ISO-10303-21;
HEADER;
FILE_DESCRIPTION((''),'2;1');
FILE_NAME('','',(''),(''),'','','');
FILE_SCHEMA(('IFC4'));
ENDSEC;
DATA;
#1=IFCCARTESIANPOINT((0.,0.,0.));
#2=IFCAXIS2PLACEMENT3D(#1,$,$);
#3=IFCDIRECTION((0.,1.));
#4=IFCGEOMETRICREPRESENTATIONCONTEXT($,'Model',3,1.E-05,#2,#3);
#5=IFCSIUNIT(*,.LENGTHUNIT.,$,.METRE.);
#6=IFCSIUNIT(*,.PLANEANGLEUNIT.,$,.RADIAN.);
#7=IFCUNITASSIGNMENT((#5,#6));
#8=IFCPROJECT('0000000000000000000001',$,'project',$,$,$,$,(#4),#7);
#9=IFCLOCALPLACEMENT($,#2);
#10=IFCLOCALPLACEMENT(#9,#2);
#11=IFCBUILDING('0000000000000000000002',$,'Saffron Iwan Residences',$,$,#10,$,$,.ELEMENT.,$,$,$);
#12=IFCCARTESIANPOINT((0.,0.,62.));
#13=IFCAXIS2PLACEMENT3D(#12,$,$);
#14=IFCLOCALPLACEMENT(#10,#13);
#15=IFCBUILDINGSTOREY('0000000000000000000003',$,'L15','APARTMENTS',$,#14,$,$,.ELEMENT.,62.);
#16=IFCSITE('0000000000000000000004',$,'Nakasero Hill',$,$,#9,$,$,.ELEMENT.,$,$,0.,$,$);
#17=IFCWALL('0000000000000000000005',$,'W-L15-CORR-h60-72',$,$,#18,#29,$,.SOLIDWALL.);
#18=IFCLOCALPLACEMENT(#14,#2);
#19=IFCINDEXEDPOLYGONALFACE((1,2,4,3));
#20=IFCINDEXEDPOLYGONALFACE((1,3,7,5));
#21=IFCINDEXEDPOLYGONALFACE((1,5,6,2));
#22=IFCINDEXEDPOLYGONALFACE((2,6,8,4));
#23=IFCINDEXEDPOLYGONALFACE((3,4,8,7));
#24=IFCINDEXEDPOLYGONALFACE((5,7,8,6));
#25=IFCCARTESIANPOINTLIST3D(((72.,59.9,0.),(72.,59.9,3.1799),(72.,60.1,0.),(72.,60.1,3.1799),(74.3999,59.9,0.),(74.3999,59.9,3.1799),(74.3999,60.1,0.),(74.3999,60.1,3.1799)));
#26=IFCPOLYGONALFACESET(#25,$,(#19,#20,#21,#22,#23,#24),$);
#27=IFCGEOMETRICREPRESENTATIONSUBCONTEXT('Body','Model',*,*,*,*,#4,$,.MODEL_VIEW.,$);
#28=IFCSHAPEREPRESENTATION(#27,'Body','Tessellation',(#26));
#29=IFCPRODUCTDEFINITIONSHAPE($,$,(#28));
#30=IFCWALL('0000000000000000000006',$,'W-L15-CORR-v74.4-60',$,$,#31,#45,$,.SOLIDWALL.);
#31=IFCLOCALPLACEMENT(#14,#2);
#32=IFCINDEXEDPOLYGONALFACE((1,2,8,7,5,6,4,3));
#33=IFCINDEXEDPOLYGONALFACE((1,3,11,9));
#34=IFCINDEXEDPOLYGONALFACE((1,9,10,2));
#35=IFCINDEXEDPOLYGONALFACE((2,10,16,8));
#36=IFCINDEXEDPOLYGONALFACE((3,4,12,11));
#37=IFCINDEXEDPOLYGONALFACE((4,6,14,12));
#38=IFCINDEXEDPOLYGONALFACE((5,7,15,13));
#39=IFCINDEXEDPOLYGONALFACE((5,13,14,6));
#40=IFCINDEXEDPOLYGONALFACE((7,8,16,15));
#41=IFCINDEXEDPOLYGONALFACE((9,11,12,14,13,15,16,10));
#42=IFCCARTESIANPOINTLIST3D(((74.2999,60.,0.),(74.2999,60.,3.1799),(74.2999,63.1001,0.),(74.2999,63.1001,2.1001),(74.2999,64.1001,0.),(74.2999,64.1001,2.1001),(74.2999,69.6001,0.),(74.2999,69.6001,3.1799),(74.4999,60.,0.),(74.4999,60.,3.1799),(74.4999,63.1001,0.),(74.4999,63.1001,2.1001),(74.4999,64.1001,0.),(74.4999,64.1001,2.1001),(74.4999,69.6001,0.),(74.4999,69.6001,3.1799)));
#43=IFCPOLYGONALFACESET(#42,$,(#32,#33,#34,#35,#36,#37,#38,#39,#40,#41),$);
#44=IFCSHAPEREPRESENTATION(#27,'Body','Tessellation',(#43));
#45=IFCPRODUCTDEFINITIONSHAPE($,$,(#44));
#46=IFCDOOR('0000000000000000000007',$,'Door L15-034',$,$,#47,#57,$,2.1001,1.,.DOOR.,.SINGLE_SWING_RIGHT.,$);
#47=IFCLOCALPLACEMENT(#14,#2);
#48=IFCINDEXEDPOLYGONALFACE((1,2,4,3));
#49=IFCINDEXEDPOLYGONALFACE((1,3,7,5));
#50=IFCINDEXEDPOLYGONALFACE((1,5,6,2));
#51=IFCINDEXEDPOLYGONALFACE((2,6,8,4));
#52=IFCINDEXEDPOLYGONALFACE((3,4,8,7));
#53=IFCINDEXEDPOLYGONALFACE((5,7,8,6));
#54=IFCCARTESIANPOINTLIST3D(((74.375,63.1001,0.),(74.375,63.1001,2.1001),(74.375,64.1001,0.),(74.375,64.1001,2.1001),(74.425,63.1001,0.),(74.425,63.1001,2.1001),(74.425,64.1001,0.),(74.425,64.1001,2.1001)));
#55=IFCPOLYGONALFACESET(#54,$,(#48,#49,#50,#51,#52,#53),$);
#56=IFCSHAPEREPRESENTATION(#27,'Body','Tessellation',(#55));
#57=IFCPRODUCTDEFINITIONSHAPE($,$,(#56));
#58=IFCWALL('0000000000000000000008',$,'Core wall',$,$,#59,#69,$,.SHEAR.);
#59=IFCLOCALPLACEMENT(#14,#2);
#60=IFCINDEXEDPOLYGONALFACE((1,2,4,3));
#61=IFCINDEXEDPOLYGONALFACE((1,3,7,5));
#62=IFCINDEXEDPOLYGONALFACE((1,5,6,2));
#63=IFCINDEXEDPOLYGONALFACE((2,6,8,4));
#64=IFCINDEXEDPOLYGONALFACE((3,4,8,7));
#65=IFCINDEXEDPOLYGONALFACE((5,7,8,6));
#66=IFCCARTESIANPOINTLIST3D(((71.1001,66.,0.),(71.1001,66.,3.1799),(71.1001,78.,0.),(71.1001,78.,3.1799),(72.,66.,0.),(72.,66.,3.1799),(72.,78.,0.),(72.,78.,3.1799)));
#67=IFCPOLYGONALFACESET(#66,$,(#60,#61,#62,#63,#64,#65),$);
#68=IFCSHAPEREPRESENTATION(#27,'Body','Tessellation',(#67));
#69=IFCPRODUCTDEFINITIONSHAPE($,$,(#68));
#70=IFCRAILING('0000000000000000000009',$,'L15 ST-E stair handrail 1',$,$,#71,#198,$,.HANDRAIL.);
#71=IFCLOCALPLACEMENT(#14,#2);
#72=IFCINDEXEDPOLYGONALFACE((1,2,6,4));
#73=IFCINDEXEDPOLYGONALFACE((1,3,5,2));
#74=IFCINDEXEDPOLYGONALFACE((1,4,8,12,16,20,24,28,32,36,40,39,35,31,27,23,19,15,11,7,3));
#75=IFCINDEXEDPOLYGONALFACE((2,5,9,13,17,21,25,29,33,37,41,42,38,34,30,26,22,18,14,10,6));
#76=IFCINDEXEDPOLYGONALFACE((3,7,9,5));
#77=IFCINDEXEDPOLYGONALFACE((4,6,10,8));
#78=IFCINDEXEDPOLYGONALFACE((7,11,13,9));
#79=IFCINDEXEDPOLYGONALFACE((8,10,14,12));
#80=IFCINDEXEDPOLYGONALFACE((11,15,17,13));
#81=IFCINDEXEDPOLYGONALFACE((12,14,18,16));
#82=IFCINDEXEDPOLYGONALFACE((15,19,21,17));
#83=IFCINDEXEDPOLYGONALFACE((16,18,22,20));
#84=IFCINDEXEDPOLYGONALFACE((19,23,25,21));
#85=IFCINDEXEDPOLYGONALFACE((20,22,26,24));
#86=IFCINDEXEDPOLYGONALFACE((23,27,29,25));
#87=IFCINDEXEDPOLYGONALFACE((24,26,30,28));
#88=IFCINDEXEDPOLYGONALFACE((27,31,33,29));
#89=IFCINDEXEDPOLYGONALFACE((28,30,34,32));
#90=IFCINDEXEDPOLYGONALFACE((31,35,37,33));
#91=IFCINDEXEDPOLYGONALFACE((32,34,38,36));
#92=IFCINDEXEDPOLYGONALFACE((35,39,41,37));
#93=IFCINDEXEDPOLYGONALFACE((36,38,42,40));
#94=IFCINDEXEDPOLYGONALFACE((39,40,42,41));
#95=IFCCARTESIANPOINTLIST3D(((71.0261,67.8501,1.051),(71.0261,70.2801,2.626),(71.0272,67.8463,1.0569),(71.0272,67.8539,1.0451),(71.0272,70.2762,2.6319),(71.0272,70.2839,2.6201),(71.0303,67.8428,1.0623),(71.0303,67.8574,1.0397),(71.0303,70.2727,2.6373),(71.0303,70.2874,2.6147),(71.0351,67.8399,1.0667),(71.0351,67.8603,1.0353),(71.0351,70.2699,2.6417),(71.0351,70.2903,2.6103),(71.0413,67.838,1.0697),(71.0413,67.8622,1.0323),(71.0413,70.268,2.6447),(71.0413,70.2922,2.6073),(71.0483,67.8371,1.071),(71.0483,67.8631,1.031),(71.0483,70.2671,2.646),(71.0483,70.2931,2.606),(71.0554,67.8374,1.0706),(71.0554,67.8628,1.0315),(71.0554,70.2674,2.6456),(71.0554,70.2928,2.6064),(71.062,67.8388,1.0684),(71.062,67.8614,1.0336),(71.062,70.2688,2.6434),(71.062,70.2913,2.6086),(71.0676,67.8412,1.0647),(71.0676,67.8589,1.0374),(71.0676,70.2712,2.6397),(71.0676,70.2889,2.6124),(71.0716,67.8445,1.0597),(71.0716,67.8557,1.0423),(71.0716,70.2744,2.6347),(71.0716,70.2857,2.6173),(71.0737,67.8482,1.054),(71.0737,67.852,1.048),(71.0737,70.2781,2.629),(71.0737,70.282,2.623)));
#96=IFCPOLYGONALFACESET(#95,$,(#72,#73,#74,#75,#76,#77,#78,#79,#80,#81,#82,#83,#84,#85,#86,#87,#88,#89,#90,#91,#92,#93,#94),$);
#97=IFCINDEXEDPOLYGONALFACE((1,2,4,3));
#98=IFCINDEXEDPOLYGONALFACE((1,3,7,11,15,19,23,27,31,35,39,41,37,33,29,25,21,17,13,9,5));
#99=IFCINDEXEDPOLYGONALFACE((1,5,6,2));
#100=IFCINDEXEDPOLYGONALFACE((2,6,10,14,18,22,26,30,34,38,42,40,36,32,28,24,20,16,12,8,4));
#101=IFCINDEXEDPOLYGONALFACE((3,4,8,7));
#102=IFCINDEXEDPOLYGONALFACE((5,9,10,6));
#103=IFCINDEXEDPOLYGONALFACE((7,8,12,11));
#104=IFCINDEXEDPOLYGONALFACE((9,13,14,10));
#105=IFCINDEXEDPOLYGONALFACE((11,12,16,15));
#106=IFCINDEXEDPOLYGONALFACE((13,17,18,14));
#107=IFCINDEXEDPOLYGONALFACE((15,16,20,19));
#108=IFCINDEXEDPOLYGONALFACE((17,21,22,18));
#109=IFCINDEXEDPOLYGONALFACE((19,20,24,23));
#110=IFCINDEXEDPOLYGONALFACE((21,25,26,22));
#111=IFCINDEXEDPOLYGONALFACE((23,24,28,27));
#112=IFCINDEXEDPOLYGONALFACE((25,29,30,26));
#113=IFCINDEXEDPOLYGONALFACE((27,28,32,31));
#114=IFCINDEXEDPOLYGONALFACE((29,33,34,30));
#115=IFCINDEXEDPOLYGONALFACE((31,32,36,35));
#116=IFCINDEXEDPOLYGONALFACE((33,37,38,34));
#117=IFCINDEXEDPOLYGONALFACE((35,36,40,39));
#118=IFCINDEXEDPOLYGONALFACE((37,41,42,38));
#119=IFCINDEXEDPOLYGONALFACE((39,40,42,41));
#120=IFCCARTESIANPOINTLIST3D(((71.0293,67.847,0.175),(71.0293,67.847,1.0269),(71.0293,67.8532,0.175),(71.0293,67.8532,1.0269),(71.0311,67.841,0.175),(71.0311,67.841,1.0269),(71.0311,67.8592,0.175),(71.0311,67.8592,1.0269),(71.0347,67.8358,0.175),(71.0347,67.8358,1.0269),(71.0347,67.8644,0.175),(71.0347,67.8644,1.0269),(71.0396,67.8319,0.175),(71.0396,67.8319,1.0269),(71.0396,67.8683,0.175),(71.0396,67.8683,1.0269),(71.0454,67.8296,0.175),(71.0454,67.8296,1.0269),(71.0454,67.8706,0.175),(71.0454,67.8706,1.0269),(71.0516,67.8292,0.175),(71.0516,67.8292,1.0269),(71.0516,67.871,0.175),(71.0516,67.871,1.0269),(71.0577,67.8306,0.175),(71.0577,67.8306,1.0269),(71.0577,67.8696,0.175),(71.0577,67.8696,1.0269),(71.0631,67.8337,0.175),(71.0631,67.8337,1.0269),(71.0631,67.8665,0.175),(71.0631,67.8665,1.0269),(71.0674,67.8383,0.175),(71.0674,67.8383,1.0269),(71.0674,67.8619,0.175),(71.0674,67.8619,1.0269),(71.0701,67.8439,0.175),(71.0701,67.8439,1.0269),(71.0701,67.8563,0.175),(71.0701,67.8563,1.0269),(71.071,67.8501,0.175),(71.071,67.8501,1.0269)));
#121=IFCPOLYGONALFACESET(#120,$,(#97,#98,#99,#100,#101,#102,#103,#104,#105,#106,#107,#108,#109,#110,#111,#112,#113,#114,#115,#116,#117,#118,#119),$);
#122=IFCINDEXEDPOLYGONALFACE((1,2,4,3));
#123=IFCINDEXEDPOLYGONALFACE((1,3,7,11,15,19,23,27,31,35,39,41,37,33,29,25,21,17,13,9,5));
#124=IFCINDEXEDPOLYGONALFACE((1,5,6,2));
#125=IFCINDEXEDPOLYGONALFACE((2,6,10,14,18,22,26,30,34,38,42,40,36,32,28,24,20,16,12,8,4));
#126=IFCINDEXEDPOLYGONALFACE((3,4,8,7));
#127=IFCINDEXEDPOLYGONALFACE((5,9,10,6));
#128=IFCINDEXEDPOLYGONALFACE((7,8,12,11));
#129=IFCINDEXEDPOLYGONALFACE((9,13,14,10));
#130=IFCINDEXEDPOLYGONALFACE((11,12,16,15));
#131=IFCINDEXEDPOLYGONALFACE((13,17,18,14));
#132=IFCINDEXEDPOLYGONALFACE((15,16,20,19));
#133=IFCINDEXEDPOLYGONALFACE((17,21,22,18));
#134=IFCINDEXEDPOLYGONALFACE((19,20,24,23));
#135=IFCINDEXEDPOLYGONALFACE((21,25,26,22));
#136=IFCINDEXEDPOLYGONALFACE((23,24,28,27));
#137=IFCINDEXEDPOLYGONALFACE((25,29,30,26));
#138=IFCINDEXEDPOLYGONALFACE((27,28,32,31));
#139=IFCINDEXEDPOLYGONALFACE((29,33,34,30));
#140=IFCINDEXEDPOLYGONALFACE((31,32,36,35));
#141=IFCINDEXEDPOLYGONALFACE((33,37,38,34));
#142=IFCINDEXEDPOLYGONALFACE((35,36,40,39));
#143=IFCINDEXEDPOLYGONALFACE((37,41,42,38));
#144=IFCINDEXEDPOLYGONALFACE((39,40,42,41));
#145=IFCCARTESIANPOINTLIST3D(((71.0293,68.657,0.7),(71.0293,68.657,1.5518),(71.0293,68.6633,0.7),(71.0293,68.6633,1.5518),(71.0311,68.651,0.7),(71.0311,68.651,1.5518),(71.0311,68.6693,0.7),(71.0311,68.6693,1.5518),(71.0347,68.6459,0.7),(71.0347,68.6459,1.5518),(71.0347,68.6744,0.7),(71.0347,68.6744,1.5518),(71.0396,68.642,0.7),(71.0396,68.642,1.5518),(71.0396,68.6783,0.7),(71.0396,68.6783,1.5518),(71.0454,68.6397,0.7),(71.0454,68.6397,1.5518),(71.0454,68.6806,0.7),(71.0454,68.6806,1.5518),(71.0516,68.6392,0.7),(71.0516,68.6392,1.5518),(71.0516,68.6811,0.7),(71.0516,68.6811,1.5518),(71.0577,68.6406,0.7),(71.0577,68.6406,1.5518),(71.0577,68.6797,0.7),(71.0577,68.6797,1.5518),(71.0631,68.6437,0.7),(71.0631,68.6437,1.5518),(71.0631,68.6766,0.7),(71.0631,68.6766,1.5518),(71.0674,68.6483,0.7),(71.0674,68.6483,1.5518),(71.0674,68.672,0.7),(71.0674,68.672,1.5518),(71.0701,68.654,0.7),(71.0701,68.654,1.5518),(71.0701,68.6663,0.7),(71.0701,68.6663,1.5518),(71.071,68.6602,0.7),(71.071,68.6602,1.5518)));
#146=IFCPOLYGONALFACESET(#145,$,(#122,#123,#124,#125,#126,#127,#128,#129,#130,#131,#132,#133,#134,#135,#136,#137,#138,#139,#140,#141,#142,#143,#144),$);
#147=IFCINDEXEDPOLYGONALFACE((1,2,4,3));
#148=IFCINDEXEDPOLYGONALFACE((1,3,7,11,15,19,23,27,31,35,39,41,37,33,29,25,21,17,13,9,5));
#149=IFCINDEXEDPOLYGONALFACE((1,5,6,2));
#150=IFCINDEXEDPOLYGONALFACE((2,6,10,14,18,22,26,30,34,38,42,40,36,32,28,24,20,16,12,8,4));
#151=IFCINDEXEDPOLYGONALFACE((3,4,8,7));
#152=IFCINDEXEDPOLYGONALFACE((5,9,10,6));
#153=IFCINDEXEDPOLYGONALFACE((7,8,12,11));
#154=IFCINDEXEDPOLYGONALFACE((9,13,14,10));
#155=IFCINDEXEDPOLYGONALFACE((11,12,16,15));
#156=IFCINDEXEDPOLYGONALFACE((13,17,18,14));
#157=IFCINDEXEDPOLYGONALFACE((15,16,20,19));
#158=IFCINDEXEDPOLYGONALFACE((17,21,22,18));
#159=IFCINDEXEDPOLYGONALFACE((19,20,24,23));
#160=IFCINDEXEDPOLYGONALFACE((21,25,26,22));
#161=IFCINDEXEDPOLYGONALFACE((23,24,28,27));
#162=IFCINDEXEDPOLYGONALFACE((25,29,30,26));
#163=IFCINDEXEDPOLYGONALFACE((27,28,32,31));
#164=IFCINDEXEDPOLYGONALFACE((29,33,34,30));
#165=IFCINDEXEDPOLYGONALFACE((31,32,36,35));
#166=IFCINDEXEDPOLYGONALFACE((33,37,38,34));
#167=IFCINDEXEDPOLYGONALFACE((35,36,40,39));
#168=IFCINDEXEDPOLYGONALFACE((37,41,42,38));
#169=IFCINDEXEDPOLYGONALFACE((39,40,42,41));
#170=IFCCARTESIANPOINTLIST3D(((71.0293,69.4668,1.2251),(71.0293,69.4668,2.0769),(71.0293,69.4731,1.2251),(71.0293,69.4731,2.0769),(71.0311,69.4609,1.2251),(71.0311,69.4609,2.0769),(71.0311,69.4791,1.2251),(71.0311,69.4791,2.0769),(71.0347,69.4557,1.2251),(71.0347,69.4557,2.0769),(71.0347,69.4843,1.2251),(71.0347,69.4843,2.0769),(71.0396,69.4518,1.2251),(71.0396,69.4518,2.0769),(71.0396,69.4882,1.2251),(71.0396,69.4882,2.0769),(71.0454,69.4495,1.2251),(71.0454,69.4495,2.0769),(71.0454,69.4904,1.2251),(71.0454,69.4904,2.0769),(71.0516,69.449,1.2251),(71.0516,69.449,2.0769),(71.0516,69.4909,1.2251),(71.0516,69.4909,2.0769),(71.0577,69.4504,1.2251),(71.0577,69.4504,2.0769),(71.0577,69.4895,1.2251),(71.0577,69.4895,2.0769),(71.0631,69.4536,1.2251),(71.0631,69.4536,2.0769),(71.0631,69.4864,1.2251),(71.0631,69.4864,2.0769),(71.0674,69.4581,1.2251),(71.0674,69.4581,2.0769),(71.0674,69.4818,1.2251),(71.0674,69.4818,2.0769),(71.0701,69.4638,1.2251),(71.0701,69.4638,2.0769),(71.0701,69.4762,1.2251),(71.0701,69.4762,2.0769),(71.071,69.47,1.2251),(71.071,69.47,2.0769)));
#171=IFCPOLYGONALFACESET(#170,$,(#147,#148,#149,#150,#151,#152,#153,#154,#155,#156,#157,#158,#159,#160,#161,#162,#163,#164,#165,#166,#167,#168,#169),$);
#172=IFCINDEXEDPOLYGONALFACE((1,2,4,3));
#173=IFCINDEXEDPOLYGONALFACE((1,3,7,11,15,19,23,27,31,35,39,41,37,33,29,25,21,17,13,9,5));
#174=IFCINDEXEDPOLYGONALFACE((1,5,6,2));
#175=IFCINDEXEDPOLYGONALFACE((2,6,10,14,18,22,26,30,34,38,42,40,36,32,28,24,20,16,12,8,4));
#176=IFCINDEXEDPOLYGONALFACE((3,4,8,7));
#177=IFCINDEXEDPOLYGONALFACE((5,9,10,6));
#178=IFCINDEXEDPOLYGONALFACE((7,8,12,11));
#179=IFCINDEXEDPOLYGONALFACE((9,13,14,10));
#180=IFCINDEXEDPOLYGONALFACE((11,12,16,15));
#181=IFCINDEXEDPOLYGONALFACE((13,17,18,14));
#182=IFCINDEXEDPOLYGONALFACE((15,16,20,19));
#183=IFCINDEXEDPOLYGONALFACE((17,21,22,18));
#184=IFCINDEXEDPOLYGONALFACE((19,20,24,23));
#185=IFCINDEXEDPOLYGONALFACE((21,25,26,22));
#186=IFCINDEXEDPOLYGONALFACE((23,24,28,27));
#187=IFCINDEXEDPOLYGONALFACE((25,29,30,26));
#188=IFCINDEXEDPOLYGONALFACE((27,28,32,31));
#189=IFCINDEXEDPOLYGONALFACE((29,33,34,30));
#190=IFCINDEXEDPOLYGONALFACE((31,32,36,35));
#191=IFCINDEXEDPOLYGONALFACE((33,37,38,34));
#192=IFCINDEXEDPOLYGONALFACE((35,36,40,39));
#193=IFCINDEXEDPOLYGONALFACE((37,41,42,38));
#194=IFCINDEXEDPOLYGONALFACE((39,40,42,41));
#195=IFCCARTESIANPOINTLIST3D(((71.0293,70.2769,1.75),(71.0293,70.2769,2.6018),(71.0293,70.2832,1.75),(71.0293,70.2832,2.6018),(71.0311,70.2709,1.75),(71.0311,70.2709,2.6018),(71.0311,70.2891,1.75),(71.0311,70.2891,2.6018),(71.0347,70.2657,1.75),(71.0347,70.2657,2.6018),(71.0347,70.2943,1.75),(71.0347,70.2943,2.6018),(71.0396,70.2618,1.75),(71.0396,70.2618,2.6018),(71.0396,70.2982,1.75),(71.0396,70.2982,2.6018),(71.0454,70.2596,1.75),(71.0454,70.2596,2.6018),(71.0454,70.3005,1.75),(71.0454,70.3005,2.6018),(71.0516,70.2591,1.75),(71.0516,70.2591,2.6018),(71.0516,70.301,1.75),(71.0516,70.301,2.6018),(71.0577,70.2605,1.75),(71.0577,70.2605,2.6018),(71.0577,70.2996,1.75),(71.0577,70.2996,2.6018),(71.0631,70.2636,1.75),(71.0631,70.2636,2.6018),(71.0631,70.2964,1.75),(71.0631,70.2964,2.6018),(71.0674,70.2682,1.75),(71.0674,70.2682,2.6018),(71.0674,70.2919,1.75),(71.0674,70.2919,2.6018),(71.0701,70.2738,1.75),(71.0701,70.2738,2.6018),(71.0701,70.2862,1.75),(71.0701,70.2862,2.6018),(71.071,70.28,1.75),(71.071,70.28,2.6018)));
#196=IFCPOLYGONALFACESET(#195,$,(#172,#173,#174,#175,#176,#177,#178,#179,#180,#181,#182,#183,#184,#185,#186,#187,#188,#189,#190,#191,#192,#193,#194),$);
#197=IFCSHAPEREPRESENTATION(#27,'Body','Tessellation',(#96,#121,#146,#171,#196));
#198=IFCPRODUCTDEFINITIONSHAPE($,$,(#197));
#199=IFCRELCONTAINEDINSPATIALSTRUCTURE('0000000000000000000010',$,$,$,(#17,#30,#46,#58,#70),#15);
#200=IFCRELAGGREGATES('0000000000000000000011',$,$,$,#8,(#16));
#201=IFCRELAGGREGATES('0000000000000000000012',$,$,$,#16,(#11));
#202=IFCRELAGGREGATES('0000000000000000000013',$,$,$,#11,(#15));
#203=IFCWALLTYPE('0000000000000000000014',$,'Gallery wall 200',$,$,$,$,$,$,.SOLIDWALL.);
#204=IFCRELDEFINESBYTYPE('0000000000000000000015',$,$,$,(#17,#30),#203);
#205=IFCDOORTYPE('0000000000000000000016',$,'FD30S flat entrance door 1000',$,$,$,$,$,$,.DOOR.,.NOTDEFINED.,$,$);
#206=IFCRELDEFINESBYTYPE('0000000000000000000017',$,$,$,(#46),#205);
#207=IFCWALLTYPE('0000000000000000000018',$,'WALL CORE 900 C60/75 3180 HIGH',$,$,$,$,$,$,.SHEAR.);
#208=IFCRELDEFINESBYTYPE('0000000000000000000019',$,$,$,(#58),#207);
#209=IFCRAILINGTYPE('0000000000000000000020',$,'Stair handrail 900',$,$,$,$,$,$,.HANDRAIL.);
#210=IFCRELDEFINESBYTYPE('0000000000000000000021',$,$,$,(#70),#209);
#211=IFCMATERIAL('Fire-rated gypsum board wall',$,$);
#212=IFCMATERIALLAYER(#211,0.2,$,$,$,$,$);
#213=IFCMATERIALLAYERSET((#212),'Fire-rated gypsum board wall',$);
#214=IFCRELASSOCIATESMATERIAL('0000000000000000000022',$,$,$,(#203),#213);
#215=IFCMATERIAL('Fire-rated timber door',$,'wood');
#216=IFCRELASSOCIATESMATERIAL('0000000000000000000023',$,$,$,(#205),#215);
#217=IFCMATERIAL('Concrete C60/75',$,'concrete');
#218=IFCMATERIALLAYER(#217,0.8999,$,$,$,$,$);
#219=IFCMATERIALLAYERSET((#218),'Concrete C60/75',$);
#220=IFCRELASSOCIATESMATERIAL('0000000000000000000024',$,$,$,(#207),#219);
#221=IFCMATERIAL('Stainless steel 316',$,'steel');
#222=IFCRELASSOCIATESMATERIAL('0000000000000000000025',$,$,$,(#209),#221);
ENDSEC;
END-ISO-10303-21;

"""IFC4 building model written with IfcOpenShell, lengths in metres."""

from ifc_helpers import new_model, si_unit, direction, frame, frame_2d, origin, origin_2d, place, context, subcontext, project, spatial, rectangle, circle, extrude, material, layer, layer_set, type_object, element, fill, save


model = new_model("IFC4")

# Units and contexts
model_context = context("Model", 3, precision=1e-05, world=origin(), true_north=direction((0.0, 1.0)))
body_context = subcontext(model_context, "Body", "Model", "MODEL_VIEW")
ifc_project = project(units=[si_unit("LENGTHUNIT", "METRE"), si_unit("PLANEANGLEUNIT", "RADIAN")], contexts=[model_context])

# Site, building, storey
site_placement = place(None, origin())
site = spatial("IfcSite", under=ifc_project, at=site_placement, Name="Nakasero Hill", CompositionType="ELEMENT", RefElevation=0.0)
building_placement = place(site_placement, origin())
building = spatial("IfcBuilding", under=site, at=building_placement, Name="Saffron Iwan Residences", CompositionType="ELEMENT")
storey_placement = place(building_placement, frame((0.0, 0.0, 62.0)))
storey = spatial("IfcBuildingStorey", under=building, at=storey_placement, Name="L15", Description="APARTMENTS", CompositionType="ELEMENT", Elevation=62.0)

# Shared definitions
ifc_material_1 = material(Name="Concrete C60/75", Category="concrete")

# Shared definitions
ifc_material_2 = material(Name="Fire-rated gypsum board wall")

# Wall
ifc_layer_1 = layer(ifc_material_2, 0.2)
ifc_layer_set_1 = layer_set([ifc_layer_1], Name="Fire-rated gypsum board wall")
wall_type_1 = type_object("IfcWallType", Name="Gallery wall 200", PredefinedType="SOLIDWALL", material=ifc_layer_set_1)
wall_1_placement = place(storey_placement, frame((72.0, 60.0, 0.0), z_axis=(0.0, 0.0, 1.0), x_axis=(1.0, 0.0, 0.0)))
element("IfcWall", 1, at=wall_1_placement, inside=storey, type_object=wall_type_1, Name="W-L15-CORR-h60-72", PredefinedType="SOLIDWALL", context=body_context, shape_type="SweptSolid", body=[
    extrude(rectangle(XDim=2.3999, YDim=0.2, at=frame_2d((1.2, 0.0))), origin(), (0.0, 0.0, 1.0), 3.1799),
])

# Wall, opening, door
wall_2_placement = place(storey_placement, frame((74.3999, 60.0, 0.0), z_axis=(0.0, 0.0, 1.0), x_axis=(0.0, 1.0, 0.0)))
wall_2 = element("IfcWall", 2, at=wall_2_placement, inside=storey, type_object=wall_type_1, Name="W-L15-CORR-v74.4-60", PredefinedType="SOLIDWALL", context=body_context, shape_type="SweptSolid", body=[
    extrude(rectangle(XDim=9.6001, YDim=0.2, at=frame_2d((4.8, 0.0))), origin(), (0.0, 0.0, 1.0), 3.1799),
])
opening_1_placement = place(wall_2_placement, frame((3.1001, 0.0, 0.0)))
opening_1 = element("IfcOpeningElement", 3, at=opening_1_placement, cuts=wall_2, PredefinedType="OPENING", context=body_context, shape_type="SweptSolid", body=[
    extrude(rectangle(XDim=1.0, YDim=2.1001, at=frame_2d((0.5, 1.05))), frame((0.0, 0.1099, 0.0), z_axis=(0.0, -1.0, 0.0), x_axis=(1.0, 0.0, 0.0)), (0.0, 0.0, 1.0), 0.22),
])
ifc_material_3 = material(Name="Fire-rated timber door", Category="wood")
door_type_1 = type_object("IfcDoorType", Name="FD30S flat entrance door 1000", OperationType="NOTDEFINED", PredefinedType="DOOR", material=ifc_material_3)
door_1_placement = place(opening_1_placement, origin())
door_1 = element("IfcDoor", 4, at=door_1_placement, inside=storey, type_object=door_type_1, Name="Door L15-034", OperationType="SINGLE_SWING_RIGHT", OverallHeight=2.1001, OverallWidth=1.0, PredefinedType="DOOR", context=body_context, shape_type="SweptSolid", body=[
    extrude(rectangle(XDim=1.0, YDim=2.1001, at=frame_2d((0.5, 1.05))), frame((0.0, 0.0249, 0.0), z_axis=(0.0, -1.0, 0.0), x_axis=(1.0, 0.0, 0.0)), (0.0, 0.0, 1.0), 0.05),
])
fill(opening_1, door_1)

# Wall
ifc_layer_2 = layer(ifc_material_1, 0.8999)
ifc_layer_set_2 = layer_set([ifc_layer_2], Name="Concrete C60/75")
wall_type_2 = type_object("IfcWallType", Name="WALL CORE 900 C60/75 3180 HIGH", PredefinedType="SHEAR", material=ifc_layer_set_2)
wall_3_placement = place(storey_placement, frame((71.55, 66.0, 0.0), z_axis=(0.0, 0.0, 1.0), x_axis=(0.0, 1.0, 0.0)))
element("IfcWall", 5, at=wall_3_placement, inside=storey, type_object=wall_type_2, Name="Core wall", PredefinedType="SHEAR", context=body_context, shape_type="SweptSolid", body=[
    extrude(rectangle(XDim=12.0, YDim=0.8999, at=frame_2d((6.0, 0.0))), origin(), (0.0, 0.0, 1.0), 3.1799),
])

# Railing
ifc_material_4 = material(Name="Stainless steel 316", Category="steel")
railing_type = type_object("IfcRailingType", Name="Stair handrail 900", PredefinedType="HANDRAIL", material=ifc_material_4)
railing_placement = place(storey_placement, frame((71.05, 67.8501, 0.175)))
element("IfcRailing", 6, at=railing_placement, inside=storey, type_object=railing_type, Name="L15 ST-E stair handrail 1", PredefinedType="HANDRAIL", context=body_context, shape_type="SweptSolid", body=[
    extrude(circle(Radius=0.0239, at=origin_2d()), frame((0.0, 0.0, 0.876), z_axis=(0.0, 0.839154, 0.543894), x_axis=(-1.0, 0.0, 0.0)), (0.0, 0.0, 1.0), 2.8958),
    extrude(circle(Radius=0.021, at=origin_2d()), origin(), (0.0, 0.0, 1.0), 0.8518),
    extrude(circle(Radius=0.021, at=origin_2d()), frame((0.0, 0.8101, 0.5249)), (0.0, 0.0, 1.0), 0.8518),
    extrude(circle(Radius=0.021, at=origin_2d()), frame((0.0, 1.6199, 1.05)), (0.0, 0.0, 1.0), 0.8518),
    extrude(circle(Radius=0.021, at=origin_2d()), frame((0.0, 2.4299, 1.575)), (0.0, 0.0, 1.0), 0.8518),
])

save(model, "model.ifc")
